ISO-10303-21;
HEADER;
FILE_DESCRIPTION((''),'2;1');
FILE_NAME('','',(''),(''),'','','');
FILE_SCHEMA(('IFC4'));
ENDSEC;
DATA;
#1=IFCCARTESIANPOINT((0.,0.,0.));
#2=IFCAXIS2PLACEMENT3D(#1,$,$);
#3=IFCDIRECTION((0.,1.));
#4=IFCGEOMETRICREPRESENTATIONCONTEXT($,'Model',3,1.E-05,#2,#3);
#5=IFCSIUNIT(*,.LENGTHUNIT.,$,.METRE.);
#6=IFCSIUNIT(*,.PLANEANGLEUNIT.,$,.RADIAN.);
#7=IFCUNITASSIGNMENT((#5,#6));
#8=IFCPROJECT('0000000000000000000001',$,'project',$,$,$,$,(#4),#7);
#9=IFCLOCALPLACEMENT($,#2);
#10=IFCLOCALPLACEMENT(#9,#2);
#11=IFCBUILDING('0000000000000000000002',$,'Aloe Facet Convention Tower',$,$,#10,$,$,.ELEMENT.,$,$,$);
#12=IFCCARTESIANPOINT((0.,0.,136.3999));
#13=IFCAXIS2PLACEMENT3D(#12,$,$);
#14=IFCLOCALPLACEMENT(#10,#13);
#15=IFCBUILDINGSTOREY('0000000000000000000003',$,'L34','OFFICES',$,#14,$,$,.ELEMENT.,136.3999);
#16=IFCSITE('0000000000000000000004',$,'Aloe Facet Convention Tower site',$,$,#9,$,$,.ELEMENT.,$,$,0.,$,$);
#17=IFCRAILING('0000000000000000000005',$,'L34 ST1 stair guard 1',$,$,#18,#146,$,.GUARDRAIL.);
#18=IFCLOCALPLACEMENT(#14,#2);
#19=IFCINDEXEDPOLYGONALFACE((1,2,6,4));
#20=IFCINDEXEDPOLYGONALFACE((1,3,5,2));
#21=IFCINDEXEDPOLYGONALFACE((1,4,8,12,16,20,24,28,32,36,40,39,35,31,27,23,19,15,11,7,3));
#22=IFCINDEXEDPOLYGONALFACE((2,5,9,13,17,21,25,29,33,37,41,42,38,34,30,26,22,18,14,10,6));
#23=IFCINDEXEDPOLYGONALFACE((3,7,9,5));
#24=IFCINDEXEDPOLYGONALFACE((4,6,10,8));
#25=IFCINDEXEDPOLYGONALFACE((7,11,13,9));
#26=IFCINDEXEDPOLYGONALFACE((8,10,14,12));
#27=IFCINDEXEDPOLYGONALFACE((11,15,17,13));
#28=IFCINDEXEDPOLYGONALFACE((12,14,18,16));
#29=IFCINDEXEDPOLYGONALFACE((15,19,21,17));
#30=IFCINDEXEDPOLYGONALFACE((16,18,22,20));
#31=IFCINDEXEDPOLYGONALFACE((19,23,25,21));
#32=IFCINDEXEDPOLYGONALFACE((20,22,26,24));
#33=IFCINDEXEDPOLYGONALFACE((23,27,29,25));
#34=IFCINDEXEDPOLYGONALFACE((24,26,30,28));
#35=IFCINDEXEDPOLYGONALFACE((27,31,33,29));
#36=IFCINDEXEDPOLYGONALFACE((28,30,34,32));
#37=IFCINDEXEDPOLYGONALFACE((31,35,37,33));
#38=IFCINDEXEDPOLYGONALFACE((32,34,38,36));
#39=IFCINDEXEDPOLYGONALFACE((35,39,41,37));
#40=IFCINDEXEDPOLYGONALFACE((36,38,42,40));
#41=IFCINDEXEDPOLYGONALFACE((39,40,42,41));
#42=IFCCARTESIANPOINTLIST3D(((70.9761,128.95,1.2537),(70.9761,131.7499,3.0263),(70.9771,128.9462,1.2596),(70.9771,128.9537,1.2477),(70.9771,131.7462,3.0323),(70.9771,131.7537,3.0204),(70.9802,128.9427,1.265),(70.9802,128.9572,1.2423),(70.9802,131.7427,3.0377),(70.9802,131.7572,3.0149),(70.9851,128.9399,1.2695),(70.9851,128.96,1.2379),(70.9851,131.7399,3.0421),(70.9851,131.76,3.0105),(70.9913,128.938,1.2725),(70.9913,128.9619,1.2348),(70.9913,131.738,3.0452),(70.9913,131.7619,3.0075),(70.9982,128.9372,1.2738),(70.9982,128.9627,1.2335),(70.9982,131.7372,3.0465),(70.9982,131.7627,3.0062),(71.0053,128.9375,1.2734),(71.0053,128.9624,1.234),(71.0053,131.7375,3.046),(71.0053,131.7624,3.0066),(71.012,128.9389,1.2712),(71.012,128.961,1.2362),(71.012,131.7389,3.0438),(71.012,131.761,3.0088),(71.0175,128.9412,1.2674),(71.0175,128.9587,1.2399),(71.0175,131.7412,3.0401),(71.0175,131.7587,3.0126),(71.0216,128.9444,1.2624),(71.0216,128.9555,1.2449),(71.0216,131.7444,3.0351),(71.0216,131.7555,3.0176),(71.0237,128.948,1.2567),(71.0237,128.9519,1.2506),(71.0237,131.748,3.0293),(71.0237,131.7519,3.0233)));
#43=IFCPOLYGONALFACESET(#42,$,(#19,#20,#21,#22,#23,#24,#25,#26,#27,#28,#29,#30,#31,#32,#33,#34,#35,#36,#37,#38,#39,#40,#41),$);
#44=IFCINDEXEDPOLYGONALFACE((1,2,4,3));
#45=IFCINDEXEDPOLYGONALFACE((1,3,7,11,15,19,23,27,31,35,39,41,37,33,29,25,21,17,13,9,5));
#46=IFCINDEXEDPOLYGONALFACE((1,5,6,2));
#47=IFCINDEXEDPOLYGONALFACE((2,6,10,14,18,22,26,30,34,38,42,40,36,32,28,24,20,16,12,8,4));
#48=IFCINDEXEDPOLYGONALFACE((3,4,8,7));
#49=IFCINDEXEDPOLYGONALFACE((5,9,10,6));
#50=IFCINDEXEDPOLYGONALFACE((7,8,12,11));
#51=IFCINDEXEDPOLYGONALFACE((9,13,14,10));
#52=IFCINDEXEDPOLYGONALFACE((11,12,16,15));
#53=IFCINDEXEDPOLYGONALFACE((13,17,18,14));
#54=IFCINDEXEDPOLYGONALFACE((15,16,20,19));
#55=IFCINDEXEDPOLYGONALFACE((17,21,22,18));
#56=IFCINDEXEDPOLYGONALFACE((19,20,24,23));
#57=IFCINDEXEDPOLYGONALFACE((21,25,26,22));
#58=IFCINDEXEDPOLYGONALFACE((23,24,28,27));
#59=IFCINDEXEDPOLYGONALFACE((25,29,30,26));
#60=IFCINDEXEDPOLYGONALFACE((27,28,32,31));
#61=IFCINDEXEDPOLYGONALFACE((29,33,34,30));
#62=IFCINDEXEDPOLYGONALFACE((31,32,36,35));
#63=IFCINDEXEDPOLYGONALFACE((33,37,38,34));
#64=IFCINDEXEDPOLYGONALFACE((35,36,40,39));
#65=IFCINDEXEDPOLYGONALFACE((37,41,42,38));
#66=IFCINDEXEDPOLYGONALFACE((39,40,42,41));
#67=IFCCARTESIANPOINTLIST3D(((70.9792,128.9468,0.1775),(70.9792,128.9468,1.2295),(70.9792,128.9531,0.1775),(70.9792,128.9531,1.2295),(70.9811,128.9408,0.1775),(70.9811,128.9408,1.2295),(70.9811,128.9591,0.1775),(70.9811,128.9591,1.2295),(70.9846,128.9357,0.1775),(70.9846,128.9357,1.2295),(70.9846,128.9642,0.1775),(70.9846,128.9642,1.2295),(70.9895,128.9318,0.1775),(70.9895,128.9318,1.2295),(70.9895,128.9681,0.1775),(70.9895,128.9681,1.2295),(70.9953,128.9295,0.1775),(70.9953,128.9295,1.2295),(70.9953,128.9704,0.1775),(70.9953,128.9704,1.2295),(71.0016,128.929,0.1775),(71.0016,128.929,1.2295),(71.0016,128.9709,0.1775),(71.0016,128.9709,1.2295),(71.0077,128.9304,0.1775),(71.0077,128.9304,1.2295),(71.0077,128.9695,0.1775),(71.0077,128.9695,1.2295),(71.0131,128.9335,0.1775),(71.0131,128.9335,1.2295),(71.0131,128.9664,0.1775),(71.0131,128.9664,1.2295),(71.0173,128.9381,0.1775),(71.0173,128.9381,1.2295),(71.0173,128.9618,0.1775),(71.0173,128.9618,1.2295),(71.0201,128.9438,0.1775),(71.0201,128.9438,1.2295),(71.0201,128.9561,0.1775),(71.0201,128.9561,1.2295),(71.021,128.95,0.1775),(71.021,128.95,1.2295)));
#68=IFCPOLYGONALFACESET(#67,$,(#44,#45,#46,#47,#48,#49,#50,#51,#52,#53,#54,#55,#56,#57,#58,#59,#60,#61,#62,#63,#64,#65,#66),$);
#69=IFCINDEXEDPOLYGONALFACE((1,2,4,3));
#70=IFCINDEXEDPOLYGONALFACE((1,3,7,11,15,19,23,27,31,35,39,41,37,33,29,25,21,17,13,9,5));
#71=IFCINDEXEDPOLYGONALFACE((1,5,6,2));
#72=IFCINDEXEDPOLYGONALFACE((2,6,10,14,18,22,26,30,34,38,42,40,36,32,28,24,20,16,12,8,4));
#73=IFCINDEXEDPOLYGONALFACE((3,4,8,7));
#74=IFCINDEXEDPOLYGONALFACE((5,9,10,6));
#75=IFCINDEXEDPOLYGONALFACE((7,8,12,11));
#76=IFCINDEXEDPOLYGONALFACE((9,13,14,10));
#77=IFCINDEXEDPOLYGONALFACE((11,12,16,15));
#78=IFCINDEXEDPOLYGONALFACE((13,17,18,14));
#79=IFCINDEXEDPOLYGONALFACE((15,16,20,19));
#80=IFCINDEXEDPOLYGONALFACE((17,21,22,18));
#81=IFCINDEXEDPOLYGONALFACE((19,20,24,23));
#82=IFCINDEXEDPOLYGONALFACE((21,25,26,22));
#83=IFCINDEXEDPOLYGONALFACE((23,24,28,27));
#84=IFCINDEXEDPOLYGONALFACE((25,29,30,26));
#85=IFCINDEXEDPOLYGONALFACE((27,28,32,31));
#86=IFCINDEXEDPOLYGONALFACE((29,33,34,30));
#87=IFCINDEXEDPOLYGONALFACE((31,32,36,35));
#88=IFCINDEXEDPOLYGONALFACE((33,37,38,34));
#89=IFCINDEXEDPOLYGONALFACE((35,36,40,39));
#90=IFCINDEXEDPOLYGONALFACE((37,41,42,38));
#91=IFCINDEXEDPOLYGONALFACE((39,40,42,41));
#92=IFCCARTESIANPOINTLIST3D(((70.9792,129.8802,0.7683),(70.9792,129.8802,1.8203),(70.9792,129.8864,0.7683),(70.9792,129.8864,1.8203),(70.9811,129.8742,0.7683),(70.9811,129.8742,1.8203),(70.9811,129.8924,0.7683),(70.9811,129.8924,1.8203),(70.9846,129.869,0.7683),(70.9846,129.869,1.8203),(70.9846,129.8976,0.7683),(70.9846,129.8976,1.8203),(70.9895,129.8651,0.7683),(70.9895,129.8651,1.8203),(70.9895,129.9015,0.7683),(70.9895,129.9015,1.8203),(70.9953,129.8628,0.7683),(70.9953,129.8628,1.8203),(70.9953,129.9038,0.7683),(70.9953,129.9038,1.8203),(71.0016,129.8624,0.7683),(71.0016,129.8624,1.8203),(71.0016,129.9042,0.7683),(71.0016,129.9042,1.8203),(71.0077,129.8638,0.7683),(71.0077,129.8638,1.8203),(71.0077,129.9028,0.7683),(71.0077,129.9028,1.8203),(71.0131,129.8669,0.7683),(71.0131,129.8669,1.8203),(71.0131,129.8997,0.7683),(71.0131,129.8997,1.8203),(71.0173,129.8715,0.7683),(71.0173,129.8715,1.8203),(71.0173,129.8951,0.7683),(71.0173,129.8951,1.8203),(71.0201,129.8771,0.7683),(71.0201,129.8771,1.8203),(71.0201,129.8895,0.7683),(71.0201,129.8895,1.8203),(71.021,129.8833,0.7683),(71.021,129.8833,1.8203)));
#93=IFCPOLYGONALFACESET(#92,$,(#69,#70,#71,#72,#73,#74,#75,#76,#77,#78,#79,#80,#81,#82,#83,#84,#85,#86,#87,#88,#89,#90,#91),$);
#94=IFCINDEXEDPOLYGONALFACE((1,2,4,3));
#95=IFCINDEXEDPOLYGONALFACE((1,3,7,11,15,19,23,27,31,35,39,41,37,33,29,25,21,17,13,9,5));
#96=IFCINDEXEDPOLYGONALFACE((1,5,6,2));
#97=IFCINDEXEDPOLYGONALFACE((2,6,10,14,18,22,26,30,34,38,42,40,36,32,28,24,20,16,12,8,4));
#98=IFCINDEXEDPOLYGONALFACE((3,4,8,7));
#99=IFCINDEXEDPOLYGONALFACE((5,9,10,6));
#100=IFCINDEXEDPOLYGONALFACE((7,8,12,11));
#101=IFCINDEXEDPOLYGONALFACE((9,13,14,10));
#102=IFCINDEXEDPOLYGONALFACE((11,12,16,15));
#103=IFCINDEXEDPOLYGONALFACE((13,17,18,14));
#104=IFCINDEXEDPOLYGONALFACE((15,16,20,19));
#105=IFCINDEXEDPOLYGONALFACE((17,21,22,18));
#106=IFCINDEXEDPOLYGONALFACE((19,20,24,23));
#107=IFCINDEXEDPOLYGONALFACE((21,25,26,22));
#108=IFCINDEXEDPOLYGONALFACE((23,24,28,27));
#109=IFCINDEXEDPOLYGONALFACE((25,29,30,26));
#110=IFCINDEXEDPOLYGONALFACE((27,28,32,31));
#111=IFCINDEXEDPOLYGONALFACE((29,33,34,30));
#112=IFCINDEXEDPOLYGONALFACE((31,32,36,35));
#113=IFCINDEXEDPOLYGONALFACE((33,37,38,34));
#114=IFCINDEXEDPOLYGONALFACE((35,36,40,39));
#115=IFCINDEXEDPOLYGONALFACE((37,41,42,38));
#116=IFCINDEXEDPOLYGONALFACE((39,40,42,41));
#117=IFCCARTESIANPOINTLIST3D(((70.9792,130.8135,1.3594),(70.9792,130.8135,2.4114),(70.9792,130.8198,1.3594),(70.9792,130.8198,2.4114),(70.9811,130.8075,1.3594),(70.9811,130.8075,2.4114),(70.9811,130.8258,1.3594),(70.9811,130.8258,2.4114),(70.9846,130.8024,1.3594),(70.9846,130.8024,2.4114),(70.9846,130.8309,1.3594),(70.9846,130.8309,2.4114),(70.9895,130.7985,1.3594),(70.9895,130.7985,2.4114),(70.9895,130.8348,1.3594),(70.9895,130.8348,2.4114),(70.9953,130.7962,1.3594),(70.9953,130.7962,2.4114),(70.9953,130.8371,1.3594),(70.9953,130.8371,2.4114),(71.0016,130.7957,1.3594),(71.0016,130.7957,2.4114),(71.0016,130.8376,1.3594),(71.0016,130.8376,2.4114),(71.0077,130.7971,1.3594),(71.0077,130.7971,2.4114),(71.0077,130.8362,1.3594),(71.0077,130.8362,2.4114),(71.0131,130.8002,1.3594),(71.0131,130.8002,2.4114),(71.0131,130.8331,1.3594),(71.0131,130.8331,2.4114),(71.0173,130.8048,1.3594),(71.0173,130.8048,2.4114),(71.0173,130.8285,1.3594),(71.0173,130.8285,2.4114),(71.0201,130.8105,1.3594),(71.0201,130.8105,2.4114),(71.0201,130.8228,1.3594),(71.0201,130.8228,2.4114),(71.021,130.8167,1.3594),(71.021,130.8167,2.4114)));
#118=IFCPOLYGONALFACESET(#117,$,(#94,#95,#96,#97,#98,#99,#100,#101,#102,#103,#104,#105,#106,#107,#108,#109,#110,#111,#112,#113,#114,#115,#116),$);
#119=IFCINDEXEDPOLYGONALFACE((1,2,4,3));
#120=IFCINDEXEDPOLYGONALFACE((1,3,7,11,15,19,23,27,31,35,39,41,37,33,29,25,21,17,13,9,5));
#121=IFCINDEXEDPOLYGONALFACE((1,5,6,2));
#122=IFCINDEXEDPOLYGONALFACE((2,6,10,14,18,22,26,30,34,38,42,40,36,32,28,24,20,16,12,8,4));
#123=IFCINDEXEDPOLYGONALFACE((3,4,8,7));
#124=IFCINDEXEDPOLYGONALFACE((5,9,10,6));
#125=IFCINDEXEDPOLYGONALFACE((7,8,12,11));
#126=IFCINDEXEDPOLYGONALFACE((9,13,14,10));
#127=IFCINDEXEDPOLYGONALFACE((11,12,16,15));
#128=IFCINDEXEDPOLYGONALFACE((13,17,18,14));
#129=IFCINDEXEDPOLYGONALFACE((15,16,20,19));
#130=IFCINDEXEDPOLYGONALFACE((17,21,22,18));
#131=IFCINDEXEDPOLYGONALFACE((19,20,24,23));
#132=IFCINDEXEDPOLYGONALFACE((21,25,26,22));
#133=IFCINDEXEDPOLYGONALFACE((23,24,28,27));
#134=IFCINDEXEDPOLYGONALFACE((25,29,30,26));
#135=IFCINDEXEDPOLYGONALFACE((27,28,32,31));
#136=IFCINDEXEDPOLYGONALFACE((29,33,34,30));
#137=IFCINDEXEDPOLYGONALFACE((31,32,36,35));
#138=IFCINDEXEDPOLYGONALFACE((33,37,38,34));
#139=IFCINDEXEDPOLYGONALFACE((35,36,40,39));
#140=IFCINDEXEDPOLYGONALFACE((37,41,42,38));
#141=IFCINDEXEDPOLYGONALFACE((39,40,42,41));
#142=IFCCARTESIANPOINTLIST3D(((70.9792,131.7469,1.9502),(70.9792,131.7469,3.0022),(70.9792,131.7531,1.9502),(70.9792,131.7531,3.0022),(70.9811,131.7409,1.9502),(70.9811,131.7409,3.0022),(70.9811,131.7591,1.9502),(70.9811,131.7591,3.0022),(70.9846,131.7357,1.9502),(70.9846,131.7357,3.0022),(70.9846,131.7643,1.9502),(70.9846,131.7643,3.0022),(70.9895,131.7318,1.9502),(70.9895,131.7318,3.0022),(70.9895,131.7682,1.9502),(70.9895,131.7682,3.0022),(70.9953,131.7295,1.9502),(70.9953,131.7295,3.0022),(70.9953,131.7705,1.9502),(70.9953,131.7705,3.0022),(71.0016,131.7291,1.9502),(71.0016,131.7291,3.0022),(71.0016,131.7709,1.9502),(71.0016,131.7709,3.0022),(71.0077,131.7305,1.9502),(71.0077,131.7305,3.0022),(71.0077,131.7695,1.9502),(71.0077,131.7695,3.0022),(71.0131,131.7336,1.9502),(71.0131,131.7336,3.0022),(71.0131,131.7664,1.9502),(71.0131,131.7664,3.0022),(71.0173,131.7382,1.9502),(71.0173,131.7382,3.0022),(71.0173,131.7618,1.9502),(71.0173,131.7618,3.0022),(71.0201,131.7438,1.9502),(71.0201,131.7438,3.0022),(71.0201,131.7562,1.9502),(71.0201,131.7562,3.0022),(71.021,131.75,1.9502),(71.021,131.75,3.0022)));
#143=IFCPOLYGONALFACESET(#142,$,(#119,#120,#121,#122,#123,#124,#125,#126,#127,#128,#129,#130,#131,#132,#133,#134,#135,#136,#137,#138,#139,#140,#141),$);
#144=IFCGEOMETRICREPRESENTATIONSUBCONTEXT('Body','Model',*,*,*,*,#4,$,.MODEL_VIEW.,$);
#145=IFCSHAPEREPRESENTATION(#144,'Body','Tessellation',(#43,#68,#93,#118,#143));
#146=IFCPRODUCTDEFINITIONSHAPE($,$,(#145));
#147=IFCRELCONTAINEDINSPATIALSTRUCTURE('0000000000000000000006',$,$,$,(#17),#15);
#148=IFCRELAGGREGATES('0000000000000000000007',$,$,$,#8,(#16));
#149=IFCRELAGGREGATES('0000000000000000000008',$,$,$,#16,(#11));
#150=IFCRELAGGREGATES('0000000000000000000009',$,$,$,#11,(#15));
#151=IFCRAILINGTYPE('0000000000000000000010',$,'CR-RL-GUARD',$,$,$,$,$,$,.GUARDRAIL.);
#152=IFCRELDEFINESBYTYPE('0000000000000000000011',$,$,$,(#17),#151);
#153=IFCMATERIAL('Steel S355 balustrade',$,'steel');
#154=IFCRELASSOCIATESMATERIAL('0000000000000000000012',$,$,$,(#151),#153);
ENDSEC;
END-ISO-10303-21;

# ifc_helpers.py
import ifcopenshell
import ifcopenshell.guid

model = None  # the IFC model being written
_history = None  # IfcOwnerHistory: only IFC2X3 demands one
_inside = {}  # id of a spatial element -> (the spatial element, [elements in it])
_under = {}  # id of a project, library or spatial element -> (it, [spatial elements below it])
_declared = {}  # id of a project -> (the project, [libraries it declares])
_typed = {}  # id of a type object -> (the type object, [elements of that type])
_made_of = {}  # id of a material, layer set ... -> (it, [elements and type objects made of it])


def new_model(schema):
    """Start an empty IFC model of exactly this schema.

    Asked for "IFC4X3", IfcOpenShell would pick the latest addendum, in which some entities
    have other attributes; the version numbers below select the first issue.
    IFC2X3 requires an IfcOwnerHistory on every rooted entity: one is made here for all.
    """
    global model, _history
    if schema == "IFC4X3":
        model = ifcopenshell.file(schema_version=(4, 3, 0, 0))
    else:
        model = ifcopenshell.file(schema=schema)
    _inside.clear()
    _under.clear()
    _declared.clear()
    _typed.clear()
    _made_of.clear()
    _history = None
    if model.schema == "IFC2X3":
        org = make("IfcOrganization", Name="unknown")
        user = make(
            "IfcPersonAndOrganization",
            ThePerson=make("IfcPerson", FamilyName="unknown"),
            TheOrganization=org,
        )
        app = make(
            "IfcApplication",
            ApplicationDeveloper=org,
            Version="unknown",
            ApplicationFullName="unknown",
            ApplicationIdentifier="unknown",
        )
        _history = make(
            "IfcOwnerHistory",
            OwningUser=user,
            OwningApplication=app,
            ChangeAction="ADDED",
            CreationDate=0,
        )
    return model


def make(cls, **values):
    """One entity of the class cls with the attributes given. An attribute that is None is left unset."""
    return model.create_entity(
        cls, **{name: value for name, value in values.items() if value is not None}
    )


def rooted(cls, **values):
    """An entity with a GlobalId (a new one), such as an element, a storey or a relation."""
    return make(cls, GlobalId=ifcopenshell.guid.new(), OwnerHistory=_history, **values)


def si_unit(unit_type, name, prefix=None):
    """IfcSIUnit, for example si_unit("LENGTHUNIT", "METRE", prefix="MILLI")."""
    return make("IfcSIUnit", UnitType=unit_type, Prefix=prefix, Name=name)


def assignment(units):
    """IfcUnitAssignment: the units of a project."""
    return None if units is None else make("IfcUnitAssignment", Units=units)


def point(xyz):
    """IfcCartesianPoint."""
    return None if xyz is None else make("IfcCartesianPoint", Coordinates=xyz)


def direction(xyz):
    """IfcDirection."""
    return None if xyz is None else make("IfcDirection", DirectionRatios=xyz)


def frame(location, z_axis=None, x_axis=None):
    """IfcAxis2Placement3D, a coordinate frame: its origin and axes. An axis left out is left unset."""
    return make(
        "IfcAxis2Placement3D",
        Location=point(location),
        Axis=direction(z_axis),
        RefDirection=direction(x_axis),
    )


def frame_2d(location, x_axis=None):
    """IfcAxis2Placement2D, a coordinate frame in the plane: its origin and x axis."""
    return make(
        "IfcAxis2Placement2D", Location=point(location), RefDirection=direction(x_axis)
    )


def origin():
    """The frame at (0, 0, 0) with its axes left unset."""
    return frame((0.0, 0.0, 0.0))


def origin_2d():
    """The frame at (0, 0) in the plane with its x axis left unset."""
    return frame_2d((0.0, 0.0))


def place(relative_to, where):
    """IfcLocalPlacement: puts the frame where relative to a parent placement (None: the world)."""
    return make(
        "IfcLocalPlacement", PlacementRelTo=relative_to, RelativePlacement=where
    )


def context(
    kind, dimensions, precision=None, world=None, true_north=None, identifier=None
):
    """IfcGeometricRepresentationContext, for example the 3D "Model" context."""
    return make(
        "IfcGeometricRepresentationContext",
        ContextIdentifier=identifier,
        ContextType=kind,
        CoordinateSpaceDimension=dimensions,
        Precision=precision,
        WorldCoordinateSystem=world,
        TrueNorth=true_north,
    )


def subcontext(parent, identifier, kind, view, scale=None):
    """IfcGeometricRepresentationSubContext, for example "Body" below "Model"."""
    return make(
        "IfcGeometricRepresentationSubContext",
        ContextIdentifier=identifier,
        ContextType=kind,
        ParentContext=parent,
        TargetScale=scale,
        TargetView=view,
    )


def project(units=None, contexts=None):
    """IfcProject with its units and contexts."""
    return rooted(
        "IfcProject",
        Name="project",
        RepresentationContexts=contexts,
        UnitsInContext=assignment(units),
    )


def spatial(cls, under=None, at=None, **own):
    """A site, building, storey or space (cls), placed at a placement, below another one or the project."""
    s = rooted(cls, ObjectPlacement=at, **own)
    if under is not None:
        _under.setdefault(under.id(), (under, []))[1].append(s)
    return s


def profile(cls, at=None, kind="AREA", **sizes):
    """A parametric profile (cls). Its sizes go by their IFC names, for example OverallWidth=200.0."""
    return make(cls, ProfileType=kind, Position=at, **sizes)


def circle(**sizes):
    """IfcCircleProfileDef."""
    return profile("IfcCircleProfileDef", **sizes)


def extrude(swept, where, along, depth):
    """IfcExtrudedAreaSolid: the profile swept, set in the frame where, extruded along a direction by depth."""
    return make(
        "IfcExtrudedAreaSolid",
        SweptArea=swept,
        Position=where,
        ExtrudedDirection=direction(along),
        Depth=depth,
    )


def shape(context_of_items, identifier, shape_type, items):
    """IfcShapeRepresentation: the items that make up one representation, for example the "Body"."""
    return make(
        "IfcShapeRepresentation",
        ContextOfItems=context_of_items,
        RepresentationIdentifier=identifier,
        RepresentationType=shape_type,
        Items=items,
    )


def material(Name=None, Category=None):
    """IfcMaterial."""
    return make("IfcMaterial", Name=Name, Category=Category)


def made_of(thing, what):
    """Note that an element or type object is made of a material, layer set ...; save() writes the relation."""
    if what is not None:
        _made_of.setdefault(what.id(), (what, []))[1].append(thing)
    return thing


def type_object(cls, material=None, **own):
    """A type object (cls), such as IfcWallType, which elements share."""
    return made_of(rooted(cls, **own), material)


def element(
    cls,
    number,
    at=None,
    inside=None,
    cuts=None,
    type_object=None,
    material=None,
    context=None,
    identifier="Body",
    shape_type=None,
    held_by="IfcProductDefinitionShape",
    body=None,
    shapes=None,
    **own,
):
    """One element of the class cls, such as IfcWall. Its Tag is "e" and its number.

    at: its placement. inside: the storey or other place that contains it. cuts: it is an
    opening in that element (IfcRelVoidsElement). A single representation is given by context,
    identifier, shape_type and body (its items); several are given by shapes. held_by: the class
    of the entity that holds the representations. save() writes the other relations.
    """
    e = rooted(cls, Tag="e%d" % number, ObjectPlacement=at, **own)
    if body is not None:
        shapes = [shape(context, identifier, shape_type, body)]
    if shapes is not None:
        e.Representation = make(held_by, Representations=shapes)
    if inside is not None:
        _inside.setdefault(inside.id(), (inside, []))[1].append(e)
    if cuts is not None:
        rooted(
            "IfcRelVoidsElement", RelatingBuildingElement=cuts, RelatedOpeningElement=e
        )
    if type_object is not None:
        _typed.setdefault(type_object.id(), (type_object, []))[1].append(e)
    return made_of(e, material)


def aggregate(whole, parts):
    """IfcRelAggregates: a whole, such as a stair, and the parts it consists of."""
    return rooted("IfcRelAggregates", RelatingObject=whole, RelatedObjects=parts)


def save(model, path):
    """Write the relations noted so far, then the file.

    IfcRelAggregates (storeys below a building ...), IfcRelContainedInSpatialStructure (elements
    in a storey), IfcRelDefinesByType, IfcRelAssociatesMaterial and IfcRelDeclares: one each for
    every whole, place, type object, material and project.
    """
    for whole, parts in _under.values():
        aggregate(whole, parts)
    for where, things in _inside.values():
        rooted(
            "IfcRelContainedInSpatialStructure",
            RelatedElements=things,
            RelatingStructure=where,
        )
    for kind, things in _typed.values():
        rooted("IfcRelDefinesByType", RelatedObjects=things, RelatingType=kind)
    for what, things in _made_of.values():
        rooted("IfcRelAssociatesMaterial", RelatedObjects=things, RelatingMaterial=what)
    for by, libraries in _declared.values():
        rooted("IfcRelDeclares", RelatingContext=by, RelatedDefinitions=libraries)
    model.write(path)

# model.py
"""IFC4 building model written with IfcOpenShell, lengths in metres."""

from ifc_helpers import new_model, si_unit, direction, frame, origin, origin_2d, place, context, subcontext, project, spatial, circle, extrude, material, type_object, element, save


model = new_model("IFC4")

# Units and contexts
model_context = context("Model", 3, precision=1e-05, world=origin(), true_north=direction((0.0, 1.0)))
body_context = subcontext(model_context, "Body", "Model", "MODEL_VIEW")
ifc_project = project(units=[si_unit("LENGTHUNIT", "METRE"), si_unit("PLANEANGLEUNIT", "RADIAN")], contexts=[model_context])

# Site, building, storey
site_placement = place(None, origin())
site = spatial("IfcSite", under=ifc_project, at=site_placement, Name="Aloe Facet Convention Tower site", CompositionType="ELEMENT", RefElevation=0.0)
building_placement = place(site_placement, origin())
building = spatial("IfcBuilding", under=site, at=building_placement, Name="Aloe Facet Convention Tower", CompositionType="ELEMENT")
storey_placement = place(building_placement, frame((0.0, 0.0, 136.3999)))
storey = spatial("IfcBuildingStorey", under=building, at=storey_placement, Name="L34", Description="OFFICES", CompositionType="ELEMENT", Elevation=136.3999)

# Railing
ifc_material_1 = material(Name="Steel S355 balustrade", Category="steel")
railing_type_1 = type_object("IfcRailingType", Name="CR-RL-GUARD", PredefinedType="GUARDRAIL", material=ifc_material_1)
railing_1_placement = place(storey_placement, frame((71.0, 128.95, 0.1775)))
element("IfcRailing", 1, at=railing_1_placement, inside=storey, type_object=railing_type_1, Name="L34 ST1 stair guard 1", PredefinedType="GUARDRAIL", context=body_context, shape_type="SweptSolid", body=[
    extrude(circle(Radius=0.0239, at=origin_2d()), frame((0.0, 0.0, 1.0762), z_axis=(0.0, 0.844909, 0.53491), x_axis=(-1.0, 0.0, 0.0)), (0.0, 0.0, 1.0), 3.314),
    extrude(circle(Radius=0.021, at=origin_2d()), origin(), (0.0, 0.0, 1.0), 1.052),
    extrude(circle(Radius=0.021, at=origin_2d()), frame((0.0, 0.9333, 0.5908)), (0.0, 0.0, 1.0), 1.052),
    extrude(circle(Radius=0.021, at=origin_2d()), frame((0.0, 1.8667, 1.1819)), (0.0, 0.0, 1.0), 1.052),
    extrude(circle(Radius=0.021, at=origin_2d()), frame((0.0, 2.8, 1.7727)), (0.0, 0.0, 1.0), 1.052),
])

save(model, "model.ifc")
